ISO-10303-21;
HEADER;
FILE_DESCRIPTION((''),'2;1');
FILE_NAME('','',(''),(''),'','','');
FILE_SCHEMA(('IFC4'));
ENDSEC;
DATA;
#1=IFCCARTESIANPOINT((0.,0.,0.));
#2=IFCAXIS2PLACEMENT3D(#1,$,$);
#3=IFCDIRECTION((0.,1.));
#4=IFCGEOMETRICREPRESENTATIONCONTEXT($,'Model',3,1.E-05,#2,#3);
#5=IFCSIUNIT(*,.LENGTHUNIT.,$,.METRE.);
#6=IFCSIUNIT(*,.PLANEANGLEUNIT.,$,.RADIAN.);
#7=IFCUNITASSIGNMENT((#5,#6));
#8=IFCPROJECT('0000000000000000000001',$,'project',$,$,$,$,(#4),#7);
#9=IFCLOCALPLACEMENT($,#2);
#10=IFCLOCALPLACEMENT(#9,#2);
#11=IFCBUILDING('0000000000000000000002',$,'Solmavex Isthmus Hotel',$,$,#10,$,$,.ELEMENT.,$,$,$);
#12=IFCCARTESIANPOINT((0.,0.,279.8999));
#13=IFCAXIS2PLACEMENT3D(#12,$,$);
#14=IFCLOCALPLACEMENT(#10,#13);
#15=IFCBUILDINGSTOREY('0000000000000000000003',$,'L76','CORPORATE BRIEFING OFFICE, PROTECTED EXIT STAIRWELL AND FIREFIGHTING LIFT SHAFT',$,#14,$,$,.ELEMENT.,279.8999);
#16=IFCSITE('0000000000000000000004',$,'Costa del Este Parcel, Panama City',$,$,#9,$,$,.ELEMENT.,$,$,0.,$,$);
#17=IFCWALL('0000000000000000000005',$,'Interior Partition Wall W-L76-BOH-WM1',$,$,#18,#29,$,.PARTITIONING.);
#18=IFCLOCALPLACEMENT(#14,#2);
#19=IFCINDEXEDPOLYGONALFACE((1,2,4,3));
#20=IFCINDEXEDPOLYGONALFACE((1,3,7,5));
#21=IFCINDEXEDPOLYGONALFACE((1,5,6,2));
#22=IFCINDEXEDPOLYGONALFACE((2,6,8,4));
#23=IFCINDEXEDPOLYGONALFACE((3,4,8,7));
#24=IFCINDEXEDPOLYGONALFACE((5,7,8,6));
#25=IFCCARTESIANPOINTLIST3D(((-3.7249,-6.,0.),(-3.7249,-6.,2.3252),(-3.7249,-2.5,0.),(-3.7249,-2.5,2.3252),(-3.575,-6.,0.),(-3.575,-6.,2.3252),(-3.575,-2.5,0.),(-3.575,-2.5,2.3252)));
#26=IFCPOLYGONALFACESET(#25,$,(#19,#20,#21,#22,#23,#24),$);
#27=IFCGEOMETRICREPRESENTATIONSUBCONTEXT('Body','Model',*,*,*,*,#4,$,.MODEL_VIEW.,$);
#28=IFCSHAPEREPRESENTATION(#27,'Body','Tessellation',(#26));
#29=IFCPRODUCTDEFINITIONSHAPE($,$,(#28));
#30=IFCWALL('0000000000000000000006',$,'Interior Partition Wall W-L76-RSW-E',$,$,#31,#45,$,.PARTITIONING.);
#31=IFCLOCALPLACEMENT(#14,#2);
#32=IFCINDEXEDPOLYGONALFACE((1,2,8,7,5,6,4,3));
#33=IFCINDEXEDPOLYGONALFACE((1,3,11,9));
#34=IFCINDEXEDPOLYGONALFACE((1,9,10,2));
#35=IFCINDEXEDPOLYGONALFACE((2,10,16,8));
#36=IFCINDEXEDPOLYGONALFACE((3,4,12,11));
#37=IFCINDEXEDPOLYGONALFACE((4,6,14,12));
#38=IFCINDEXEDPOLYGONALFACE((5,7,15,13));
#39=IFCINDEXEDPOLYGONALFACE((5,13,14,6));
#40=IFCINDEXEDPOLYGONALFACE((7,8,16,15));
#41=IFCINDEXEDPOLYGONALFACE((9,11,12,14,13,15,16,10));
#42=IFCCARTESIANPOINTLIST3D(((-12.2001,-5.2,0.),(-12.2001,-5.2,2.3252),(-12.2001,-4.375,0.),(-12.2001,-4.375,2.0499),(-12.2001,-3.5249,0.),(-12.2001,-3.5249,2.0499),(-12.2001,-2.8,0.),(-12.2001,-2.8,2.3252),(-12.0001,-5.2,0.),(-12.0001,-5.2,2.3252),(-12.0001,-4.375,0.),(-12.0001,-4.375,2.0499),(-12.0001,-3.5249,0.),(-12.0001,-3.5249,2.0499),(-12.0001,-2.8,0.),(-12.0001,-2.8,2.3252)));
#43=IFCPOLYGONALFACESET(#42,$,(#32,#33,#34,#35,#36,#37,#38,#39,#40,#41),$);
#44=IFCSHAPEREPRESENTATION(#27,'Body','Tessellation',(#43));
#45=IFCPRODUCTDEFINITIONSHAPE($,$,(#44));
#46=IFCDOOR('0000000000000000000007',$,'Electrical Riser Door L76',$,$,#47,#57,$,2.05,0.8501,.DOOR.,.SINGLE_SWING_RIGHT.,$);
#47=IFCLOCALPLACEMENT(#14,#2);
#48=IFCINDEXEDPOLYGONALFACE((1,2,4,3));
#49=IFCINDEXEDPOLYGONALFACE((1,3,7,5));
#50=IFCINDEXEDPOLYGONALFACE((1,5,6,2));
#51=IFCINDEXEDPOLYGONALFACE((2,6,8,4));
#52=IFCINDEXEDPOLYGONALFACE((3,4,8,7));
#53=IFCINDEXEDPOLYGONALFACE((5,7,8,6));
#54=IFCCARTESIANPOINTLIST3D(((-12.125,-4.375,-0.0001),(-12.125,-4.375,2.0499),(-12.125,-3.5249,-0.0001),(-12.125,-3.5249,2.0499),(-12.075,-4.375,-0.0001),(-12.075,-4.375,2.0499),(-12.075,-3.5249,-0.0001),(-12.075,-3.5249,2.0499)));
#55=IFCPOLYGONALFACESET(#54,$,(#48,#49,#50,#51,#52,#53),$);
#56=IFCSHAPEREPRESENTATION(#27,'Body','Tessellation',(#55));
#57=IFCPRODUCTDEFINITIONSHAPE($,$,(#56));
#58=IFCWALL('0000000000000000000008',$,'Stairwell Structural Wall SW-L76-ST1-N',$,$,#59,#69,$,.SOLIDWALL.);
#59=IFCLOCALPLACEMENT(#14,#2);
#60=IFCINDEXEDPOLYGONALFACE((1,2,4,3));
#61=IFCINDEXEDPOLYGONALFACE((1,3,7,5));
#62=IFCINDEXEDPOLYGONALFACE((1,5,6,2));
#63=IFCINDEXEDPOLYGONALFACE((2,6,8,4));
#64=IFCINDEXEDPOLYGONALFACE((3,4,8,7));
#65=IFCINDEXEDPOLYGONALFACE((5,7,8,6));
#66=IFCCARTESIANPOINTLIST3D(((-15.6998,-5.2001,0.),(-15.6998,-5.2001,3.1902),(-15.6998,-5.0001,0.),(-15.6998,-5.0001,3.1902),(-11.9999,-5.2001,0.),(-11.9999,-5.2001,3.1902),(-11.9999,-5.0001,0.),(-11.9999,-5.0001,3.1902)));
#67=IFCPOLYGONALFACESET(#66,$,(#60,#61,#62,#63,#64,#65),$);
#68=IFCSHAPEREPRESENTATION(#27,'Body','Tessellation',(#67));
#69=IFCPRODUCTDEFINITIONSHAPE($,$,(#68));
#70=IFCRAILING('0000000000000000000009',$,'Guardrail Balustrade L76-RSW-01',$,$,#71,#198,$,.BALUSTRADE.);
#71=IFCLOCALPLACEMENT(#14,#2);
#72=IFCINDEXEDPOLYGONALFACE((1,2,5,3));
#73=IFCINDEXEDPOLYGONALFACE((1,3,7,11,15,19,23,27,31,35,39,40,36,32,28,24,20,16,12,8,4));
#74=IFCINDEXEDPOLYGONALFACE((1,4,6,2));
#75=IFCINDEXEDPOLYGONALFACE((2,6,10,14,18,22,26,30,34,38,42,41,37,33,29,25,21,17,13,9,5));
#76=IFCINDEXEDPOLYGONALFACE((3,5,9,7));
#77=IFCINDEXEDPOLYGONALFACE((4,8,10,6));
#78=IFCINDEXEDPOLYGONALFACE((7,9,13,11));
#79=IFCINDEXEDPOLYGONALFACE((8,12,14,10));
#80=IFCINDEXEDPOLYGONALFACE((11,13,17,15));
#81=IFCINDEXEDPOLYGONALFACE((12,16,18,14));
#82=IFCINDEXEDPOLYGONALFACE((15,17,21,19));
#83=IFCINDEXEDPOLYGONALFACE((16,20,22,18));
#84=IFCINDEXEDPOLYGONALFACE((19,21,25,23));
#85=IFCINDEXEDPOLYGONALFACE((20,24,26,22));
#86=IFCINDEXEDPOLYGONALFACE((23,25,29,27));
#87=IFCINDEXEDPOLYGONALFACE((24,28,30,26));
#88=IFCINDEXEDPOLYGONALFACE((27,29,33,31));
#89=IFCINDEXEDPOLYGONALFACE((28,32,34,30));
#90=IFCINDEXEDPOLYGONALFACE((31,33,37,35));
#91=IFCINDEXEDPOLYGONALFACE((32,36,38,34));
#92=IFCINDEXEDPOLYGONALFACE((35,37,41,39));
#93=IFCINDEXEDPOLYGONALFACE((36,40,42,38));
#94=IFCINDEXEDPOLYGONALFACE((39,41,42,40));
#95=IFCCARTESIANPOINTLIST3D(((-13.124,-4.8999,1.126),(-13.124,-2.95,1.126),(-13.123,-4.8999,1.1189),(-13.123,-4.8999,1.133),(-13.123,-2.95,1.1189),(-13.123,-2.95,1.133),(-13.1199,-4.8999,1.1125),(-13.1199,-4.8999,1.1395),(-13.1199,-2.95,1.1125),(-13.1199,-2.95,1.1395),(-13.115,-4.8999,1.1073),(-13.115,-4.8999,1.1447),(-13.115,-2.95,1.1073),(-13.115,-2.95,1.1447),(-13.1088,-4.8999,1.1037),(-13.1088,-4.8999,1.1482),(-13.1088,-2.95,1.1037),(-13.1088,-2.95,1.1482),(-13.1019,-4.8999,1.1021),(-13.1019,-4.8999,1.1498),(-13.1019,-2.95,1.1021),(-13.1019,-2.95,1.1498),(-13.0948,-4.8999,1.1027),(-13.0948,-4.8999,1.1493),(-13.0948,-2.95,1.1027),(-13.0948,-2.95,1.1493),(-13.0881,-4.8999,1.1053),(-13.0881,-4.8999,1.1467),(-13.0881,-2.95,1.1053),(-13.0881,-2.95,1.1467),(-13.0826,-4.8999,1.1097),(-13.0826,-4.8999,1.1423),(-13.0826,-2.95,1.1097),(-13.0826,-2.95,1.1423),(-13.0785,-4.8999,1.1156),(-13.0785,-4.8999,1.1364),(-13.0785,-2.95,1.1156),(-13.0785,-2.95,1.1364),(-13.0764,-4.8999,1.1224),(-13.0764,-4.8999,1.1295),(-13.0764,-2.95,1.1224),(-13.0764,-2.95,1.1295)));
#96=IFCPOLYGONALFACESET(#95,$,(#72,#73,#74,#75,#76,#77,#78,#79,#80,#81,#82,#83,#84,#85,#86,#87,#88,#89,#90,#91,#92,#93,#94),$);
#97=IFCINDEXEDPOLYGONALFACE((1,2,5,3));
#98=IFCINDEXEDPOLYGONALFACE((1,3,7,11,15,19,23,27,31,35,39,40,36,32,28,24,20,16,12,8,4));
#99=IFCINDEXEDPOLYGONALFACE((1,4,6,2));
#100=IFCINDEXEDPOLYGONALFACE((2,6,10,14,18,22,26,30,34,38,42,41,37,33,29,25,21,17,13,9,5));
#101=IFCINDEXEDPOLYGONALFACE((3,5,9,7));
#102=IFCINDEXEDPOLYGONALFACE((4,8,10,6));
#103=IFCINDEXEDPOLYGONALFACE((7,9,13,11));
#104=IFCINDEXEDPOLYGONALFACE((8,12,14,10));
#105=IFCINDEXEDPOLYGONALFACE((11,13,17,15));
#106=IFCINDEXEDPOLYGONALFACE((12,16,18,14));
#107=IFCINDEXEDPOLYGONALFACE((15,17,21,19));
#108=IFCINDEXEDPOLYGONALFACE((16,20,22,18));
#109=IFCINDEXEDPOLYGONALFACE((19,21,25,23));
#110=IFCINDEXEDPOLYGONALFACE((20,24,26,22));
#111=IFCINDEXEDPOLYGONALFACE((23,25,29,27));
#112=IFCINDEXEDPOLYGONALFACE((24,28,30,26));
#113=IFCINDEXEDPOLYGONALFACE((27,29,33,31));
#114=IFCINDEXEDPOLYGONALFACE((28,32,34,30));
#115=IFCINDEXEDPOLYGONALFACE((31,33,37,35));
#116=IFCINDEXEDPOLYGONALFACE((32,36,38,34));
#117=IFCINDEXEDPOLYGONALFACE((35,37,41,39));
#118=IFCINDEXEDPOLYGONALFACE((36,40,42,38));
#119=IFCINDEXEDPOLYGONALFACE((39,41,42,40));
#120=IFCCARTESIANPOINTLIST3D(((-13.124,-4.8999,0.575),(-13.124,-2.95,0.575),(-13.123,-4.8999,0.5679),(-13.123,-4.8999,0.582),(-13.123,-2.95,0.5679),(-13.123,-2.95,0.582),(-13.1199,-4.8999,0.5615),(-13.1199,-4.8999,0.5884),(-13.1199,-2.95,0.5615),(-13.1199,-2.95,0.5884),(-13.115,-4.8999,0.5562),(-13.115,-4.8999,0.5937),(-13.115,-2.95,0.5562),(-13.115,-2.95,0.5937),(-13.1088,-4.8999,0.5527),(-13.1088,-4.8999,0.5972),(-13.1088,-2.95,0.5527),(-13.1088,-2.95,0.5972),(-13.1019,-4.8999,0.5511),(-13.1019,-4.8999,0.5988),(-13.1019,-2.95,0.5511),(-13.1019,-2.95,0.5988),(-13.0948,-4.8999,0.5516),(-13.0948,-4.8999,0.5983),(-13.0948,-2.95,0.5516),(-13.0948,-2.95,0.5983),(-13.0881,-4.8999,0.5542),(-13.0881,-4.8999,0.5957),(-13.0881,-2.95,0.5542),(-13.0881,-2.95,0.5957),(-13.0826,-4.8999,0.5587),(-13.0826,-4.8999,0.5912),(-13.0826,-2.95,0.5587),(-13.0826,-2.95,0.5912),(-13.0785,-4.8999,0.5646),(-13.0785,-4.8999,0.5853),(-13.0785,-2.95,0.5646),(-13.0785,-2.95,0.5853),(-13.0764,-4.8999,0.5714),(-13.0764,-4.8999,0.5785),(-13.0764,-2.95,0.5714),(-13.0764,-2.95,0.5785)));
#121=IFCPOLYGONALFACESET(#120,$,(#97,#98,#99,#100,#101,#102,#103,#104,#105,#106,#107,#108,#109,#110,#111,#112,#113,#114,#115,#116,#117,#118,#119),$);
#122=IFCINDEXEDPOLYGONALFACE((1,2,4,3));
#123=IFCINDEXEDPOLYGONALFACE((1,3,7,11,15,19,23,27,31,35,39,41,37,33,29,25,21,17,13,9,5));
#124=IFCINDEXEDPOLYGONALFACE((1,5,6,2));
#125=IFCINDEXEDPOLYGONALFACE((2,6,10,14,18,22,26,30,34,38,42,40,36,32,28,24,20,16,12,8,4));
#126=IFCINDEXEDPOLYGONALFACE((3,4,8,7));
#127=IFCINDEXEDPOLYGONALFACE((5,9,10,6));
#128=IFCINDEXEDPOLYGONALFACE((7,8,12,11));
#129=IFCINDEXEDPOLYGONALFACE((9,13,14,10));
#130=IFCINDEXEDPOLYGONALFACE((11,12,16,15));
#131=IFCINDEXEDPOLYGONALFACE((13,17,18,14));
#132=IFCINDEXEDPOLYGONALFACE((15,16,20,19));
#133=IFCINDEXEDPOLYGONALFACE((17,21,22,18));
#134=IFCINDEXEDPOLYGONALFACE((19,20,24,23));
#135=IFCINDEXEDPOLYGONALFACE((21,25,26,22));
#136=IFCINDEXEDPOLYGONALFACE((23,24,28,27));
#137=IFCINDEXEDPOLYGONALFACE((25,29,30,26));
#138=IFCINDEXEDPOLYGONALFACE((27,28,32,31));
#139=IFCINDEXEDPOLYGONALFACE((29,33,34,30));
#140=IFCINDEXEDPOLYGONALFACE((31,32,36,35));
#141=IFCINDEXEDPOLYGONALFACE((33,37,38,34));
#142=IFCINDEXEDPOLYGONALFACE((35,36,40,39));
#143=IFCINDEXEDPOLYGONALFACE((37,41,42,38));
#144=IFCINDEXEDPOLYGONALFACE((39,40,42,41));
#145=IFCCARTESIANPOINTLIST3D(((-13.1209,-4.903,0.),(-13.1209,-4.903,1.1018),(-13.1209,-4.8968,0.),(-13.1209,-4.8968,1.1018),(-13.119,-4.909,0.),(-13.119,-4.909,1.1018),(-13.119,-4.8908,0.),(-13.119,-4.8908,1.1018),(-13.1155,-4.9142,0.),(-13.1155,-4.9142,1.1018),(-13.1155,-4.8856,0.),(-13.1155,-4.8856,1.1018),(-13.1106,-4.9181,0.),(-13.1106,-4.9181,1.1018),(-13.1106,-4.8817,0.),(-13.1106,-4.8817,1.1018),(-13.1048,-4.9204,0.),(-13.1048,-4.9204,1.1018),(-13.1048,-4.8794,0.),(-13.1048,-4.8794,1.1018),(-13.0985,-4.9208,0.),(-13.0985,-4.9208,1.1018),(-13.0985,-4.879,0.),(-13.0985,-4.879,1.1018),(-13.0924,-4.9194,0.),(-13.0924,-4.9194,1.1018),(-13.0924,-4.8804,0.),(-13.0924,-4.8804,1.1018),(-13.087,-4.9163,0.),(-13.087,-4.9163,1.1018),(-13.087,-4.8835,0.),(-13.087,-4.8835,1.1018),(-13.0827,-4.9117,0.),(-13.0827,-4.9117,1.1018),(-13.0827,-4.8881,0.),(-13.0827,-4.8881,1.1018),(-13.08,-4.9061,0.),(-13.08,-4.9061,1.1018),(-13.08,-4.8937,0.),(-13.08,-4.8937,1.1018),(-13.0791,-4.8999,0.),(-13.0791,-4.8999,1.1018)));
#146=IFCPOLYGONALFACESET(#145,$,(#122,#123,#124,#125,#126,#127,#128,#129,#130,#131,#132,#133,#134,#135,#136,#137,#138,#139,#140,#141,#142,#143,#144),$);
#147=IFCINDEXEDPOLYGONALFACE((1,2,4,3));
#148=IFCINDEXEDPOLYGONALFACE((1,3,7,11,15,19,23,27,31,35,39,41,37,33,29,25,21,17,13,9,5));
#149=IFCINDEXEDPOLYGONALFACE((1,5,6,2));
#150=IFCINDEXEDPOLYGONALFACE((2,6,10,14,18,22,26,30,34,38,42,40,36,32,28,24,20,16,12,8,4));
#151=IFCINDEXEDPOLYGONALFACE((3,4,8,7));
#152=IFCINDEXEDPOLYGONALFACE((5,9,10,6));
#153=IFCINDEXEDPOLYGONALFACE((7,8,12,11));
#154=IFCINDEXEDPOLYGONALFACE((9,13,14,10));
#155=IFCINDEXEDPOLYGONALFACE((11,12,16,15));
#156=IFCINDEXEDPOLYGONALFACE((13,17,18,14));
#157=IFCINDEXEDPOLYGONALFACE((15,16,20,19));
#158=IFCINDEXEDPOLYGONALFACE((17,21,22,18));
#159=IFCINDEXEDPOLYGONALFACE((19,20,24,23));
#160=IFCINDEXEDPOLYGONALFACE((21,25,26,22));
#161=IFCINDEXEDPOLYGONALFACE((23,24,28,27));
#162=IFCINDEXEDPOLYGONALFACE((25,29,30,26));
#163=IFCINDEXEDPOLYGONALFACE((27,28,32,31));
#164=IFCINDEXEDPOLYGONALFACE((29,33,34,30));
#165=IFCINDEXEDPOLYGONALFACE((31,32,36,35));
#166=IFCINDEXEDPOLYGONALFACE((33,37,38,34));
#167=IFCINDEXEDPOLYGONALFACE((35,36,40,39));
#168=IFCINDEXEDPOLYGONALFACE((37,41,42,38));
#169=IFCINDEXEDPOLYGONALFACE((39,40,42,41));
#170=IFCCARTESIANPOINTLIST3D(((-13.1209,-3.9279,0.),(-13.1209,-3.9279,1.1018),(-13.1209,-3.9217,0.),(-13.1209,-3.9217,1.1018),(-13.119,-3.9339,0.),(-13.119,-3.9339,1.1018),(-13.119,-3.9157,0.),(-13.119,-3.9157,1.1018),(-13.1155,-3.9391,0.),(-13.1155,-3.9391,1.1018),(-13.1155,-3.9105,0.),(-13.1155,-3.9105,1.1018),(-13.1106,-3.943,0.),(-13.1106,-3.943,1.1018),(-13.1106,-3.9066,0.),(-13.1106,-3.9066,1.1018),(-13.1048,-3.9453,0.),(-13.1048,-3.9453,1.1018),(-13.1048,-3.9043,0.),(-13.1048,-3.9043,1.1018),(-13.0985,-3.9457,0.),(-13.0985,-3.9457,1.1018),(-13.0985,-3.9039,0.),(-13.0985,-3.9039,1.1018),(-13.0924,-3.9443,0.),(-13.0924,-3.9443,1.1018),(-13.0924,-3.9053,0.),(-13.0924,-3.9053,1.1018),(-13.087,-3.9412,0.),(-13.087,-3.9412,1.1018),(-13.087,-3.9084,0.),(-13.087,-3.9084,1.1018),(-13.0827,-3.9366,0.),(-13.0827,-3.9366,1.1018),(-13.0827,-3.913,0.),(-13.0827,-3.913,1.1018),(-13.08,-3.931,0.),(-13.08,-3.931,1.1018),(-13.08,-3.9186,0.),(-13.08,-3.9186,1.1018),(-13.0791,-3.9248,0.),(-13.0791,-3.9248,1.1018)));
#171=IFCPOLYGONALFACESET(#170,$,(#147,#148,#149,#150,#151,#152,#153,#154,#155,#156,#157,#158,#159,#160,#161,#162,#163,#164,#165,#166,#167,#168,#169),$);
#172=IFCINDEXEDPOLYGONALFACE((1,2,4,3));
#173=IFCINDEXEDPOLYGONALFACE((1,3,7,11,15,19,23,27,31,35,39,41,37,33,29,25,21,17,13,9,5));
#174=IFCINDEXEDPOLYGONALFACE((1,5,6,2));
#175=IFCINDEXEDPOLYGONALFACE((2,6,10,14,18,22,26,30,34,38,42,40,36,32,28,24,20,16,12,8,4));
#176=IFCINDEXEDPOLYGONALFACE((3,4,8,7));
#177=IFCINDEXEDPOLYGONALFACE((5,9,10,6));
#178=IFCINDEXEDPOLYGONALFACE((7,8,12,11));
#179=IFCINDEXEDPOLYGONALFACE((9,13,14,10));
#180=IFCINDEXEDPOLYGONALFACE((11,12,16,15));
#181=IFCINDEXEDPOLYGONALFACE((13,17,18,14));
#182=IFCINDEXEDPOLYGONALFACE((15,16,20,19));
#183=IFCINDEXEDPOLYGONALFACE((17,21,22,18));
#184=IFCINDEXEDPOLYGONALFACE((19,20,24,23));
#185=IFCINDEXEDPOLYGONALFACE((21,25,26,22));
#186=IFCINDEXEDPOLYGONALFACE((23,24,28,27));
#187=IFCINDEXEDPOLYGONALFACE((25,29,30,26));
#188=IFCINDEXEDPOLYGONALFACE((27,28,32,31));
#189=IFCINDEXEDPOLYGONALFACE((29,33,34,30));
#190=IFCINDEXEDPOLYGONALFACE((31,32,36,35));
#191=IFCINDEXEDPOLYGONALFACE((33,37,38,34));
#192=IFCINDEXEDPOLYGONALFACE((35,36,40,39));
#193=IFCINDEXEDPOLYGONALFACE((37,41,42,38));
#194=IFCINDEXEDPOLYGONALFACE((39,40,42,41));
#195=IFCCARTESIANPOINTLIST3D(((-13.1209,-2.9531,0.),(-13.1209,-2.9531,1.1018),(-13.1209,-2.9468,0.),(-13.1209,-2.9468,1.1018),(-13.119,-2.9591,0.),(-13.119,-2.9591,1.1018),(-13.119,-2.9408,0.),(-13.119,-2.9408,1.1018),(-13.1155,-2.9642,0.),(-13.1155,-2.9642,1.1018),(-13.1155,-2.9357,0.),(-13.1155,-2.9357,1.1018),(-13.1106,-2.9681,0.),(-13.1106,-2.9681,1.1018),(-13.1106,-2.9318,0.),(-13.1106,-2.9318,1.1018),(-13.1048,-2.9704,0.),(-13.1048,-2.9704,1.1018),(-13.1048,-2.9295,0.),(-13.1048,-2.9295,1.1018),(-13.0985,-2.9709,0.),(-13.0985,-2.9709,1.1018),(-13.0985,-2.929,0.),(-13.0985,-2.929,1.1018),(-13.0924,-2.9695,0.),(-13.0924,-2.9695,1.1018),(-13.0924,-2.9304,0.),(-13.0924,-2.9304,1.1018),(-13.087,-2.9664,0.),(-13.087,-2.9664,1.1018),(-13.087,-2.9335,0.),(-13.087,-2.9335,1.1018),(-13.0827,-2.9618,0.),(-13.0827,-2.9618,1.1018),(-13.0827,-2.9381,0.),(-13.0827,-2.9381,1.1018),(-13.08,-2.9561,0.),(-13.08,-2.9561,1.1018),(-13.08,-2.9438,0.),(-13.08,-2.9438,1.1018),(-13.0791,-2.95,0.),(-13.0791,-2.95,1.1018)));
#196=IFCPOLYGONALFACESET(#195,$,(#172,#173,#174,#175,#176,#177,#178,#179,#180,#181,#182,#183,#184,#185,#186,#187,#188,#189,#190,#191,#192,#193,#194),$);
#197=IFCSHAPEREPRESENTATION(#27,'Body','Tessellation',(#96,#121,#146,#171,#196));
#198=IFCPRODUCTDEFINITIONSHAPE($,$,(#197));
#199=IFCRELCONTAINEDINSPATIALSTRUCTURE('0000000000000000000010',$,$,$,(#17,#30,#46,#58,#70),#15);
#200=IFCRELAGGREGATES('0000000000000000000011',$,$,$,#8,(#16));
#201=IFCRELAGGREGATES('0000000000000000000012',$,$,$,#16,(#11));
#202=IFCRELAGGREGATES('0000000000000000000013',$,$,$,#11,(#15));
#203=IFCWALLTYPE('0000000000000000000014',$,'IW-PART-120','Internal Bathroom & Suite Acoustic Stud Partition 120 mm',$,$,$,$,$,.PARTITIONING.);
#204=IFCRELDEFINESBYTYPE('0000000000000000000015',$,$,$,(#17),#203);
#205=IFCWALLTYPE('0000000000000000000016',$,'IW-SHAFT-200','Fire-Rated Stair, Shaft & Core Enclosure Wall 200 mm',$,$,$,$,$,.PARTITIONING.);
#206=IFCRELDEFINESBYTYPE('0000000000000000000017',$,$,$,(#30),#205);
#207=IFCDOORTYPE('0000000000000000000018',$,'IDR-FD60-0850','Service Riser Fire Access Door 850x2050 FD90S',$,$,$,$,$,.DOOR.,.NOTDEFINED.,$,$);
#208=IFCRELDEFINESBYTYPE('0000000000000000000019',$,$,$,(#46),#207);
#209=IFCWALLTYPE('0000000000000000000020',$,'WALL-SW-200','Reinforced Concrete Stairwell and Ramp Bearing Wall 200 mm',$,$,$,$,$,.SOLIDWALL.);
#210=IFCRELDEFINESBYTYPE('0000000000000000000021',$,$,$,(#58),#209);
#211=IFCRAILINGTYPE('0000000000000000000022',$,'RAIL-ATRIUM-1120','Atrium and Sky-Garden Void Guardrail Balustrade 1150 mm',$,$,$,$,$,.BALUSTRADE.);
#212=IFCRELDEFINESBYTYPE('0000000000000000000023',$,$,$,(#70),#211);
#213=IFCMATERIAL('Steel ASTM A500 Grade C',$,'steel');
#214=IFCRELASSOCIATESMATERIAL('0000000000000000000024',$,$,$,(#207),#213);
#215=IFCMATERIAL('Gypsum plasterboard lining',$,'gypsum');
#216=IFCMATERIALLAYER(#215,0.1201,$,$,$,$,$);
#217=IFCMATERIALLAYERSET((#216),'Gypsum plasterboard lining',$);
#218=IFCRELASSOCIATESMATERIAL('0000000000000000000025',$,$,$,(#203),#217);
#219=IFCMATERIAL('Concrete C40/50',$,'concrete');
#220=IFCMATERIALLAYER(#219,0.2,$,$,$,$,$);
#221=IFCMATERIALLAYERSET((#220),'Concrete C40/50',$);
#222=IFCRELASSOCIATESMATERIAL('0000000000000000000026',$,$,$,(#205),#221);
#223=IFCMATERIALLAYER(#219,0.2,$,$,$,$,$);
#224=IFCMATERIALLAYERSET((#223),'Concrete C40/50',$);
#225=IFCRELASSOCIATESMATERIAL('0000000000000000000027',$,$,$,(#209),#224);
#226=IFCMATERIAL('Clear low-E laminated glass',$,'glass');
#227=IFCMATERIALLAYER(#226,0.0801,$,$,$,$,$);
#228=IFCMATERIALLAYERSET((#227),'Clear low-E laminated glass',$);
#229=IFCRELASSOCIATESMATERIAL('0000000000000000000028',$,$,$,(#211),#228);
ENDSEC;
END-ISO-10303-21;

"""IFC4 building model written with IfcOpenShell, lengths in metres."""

from ifc_helpers import new_model, si_unit, direction, frame, frame_2d, origin, origin_2d, place, context, subcontext, project, spatial, rectangle, circle, extrude, material, layer, layer_set, type_object, element, fill, save


model = new_model("IFC4")

# Units and contexts
model_context = context("Model", 3, precision=1e-05, world=origin(), true_north=direction((0.0, 1.0)))
body_context = subcontext(model_context, "Body", "Model", "MODEL_VIEW")
ifc_project = project(units=[si_unit("LENGTHUNIT", "METRE"), si_unit("PLANEANGLEUNIT", "RADIAN")], contexts=[model_context])

# Site, building, storey
site_placement = place(None, origin())
site = spatial("IfcSite", under=ifc_project, at=site_placement, Name="Costa del Este Parcel, Panama City", CompositionType="ELEMENT", RefElevation=0.0)
building_placement = place(site_placement, origin())
building = spatial("IfcBuilding", under=site, at=building_placement, Name="Solmavex Isthmus Hotel", CompositionType="ELEMENT")
storey_placement = place(building_placement, frame((0.0, 0.0, 279.8999)))
storey = spatial("IfcBuildingStorey", under=building, at=storey_placement, Name="L76", Description="CORPORATE BRIEFING OFFICE, PROTECTED EXIT STAIRWELL AND FIREFIGHTING LIFT SHAFT", CompositionType="ELEMENT", Elevation=279.8999)

# Shared definitions
ifc_material_1 = material(Name="Gypsum plasterboard lining", Category="gypsum")

# Shared definitions
ifc_material_2 = material(Name="Steel ASTM A500 Grade C", Category="steel")
door_type_1 = type_object("IfcDoorType", Name="IDR-FD60-0850", Description="Service Riser Fire Access Door 850x2050 FD90S", OperationType="NOTDEFINED", PredefinedType="DOOR", material=ifc_material_2)

# Wall
ifc_layer_1 = layer(ifc_material_1, 0.1201)
ifc_layer_set_1 = layer_set([ifc_layer_1], Name="Gypsum plasterboard lining")
wall_type_1 = type_object("IfcWallType", Name="IW-PART-120", Description="Internal Bathroom & Suite Acoustic Stud Partition 120 mm", PredefinedType="PARTITIONING", material=ifc_layer_set_1)
wall_1_placement = place(storey_placement, frame((-3.6499, -6.0, 0.0), z_axis=(0.0, 0.0, 1.0), x_axis=(0.0, 1.0, 0.0)))
element("IfcWall", 1, at=wall_1_placement, inside=storey, type_object=wall_type_1, Name="Interior Partition Wall W-L76-BOH-WM1", PredefinedType="PARTITIONING", context=body_context, shape_type="SweptSolid", body=[
    extrude(rectangle(XDim=3.5, YDim=0.1499, at=frame_2d((1.75, 0.0))), origin(), (0.0, 0.0, 1.0), 2.3252),
])

# Wall, opening, door
ifc_material_3 = material(Name="Concrete C40/50", Category="concrete")
ifc_layer_2 = layer(ifc_material_3, 0.2)
ifc_layer_set_2 = layer_set([ifc_layer_2], Name="Concrete C40/50")
wall_type_2 = type_object("IfcWallType", Name="IW-SHAFT-200", Description="Fire-Rated Stair, Shaft & Core Enclosure Wall 200 mm", PredefinedType="PARTITIONING", material=ifc_layer_set_2)
wall_2_placement = place(storey_placement, frame((-12.1001, -5.2, 0.0), z_axis=(0.0, 0.0, 1.0), x_axis=(0.0, 1.0, 0.0)))
wall_2 = element("IfcWall", 2, at=wall_2_placement, inside=storey, type_object=wall_type_2, Name="Interior Partition Wall W-L76-RSW-E", PredefinedType="PARTITIONING", context=body_context, shape_type="SweptSolid", body=[
    extrude(rectangle(XDim=2.3999, YDim=0.2, at=frame_2d((1.2, 0.0))), origin(), (0.0, 0.0, 1.0), 2.3252),
])
opening_1_placement = place(wall_2_placement, frame((0.825, 0.0, 0.0)))
opening_1 = element("IfcOpeningElement", 3, at=opening_1_placement, cuts=wall_2, PredefinedType="OPENING", context=body_context, shape_type="SweptSolid", body=[
    extrude(rectangle(XDim=0.8501, YDim=2.05, at=frame_2d((0.425, 1.0249))), frame((0.0, 0.1099, 0.0), z_axis=(0.0, -1.0, 0.0), x_axis=(1.0, 0.0, 0.0)), (0.0, 0.0, 1.0), 0.22),
])
door_1_placement = place(opening_1_placement, origin())
door_1 = element("IfcDoor", 4, at=door_1_placement, inside=storey, type_object=door_type_1, Name="Electrical Riser Door L76", OperationType="SINGLE_SWING_RIGHT", OverallHeight=2.05, OverallWidth=0.8501, PredefinedType="DOOR", context=body_context, shape_type="SweptSolid", body=[
    extrude(rectangle(XDim=0.8501, YDim=2.05, at=frame_2d((0.425, 1.0249))), frame((0.0, 0.0249, 0.0), z_axis=(0.0, -1.0, 0.0), x_axis=(1.0, 0.0, 0.0)), (0.0, 0.0, 1.0), 0.05),
])
fill(opening_1, door_1)

# Wall
ifc_layer_3 = layer(ifc_material_3, 0.2)
ifc_layer_set_3 = layer_set([ifc_layer_3], Name="Concrete C40/50")
wall_type_3 = type_object("IfcWallType", Name="WALL-SW-200", Description="Reinforced Concrete Stairwell and Ramp Bearing Wall 200 mm", PredefinedType="SOLIDWALL", material=ifc_layer_set_3)
wall_3_placement = place(storey_placement, frame((-15.7, -5.1001, 0.0), z_axis=(0.0, 0.0, 1.0), x_axis=(1.0, 0.0, 0.0)))
element("IfcWall", 5, at=wall_3_placement, inside=storey, type_object=wall_type_3, Name="Stairwell Structural Wall SW-L76-ST1-N", PredefinedType="SOLIDWALL", context=body_context, shape_type="SweptSolid", body=[
    extrude(rectangle(XDim=3.7, YDim=0.2, at=frame_2d((1.8501, 0.0))), origin(), (0.0, 0.0, 1.0), 3.1902),
])

# Railing
ifc_material_4 = material(Name="Clear low-E laminated glass", Category="glass")
ifc_layer_4 = layer(ifc_material_4, 0.0801)
ifc_layer_set_4 = layer_set([ifc_layer_4], Name="Clear low-E laminated glass")
railing_type = type_object("IfcRailingType", Name="RAIL-ATRIUM-1120", Description="Atrium and Sky-Garden Void Guardrail Balustrade 1150 mm", PredefinedType="BALUSTRADE", material=ifc_layer_set_4)
railing_placement = place(storey_placement, frame((-13.1001, -4.8999, 0.0)))
element("IfcRailing", 6, at=railing_placement, inside=storey, type_object=railing_type, Name="Guardrail Balustrade L76-RSW-01", PredefinedType="BALUSTRADE", context=body_context, shape_type="SweptSolid", body=[
    extrude(circle(Radius=0.0239, at=origin_2d()), frame((0.0, 0.0, 1.126), z_axis=(0.0, 1.0, 0.0), x_axis=(-1.0, 0.0, 0.0)), (0.0, 0.0, 1.0), 1.95),
    extrude(circle(Radius=0.0239, at=origin_2d()), frame((0.0, 0.0, 0.575), z_axis=(0.0, 1.0, 0.0), x_axis=(-1.0, 0.0, 0.0)), (0.0, 0.0, 1.0), 1.95),
    extrude(circle(Radius=0.021, at=origin_2d()), origin(), (0.0, 0.0, 1.0), 1.1018),
    extrude(circle(Radius=0.021, at=origin_2d()), frame((0.0, 0.9751, 0.0)), (0.0, 0.0, 1.0), 1.1018),
    extrude(circle(Radius=0.021, at=origin_2d()), frame((0.0, 1.95, 0.0)), (0.0, 0.0, 1.0), 1.1018),
])

save(model, "model.ifc")
